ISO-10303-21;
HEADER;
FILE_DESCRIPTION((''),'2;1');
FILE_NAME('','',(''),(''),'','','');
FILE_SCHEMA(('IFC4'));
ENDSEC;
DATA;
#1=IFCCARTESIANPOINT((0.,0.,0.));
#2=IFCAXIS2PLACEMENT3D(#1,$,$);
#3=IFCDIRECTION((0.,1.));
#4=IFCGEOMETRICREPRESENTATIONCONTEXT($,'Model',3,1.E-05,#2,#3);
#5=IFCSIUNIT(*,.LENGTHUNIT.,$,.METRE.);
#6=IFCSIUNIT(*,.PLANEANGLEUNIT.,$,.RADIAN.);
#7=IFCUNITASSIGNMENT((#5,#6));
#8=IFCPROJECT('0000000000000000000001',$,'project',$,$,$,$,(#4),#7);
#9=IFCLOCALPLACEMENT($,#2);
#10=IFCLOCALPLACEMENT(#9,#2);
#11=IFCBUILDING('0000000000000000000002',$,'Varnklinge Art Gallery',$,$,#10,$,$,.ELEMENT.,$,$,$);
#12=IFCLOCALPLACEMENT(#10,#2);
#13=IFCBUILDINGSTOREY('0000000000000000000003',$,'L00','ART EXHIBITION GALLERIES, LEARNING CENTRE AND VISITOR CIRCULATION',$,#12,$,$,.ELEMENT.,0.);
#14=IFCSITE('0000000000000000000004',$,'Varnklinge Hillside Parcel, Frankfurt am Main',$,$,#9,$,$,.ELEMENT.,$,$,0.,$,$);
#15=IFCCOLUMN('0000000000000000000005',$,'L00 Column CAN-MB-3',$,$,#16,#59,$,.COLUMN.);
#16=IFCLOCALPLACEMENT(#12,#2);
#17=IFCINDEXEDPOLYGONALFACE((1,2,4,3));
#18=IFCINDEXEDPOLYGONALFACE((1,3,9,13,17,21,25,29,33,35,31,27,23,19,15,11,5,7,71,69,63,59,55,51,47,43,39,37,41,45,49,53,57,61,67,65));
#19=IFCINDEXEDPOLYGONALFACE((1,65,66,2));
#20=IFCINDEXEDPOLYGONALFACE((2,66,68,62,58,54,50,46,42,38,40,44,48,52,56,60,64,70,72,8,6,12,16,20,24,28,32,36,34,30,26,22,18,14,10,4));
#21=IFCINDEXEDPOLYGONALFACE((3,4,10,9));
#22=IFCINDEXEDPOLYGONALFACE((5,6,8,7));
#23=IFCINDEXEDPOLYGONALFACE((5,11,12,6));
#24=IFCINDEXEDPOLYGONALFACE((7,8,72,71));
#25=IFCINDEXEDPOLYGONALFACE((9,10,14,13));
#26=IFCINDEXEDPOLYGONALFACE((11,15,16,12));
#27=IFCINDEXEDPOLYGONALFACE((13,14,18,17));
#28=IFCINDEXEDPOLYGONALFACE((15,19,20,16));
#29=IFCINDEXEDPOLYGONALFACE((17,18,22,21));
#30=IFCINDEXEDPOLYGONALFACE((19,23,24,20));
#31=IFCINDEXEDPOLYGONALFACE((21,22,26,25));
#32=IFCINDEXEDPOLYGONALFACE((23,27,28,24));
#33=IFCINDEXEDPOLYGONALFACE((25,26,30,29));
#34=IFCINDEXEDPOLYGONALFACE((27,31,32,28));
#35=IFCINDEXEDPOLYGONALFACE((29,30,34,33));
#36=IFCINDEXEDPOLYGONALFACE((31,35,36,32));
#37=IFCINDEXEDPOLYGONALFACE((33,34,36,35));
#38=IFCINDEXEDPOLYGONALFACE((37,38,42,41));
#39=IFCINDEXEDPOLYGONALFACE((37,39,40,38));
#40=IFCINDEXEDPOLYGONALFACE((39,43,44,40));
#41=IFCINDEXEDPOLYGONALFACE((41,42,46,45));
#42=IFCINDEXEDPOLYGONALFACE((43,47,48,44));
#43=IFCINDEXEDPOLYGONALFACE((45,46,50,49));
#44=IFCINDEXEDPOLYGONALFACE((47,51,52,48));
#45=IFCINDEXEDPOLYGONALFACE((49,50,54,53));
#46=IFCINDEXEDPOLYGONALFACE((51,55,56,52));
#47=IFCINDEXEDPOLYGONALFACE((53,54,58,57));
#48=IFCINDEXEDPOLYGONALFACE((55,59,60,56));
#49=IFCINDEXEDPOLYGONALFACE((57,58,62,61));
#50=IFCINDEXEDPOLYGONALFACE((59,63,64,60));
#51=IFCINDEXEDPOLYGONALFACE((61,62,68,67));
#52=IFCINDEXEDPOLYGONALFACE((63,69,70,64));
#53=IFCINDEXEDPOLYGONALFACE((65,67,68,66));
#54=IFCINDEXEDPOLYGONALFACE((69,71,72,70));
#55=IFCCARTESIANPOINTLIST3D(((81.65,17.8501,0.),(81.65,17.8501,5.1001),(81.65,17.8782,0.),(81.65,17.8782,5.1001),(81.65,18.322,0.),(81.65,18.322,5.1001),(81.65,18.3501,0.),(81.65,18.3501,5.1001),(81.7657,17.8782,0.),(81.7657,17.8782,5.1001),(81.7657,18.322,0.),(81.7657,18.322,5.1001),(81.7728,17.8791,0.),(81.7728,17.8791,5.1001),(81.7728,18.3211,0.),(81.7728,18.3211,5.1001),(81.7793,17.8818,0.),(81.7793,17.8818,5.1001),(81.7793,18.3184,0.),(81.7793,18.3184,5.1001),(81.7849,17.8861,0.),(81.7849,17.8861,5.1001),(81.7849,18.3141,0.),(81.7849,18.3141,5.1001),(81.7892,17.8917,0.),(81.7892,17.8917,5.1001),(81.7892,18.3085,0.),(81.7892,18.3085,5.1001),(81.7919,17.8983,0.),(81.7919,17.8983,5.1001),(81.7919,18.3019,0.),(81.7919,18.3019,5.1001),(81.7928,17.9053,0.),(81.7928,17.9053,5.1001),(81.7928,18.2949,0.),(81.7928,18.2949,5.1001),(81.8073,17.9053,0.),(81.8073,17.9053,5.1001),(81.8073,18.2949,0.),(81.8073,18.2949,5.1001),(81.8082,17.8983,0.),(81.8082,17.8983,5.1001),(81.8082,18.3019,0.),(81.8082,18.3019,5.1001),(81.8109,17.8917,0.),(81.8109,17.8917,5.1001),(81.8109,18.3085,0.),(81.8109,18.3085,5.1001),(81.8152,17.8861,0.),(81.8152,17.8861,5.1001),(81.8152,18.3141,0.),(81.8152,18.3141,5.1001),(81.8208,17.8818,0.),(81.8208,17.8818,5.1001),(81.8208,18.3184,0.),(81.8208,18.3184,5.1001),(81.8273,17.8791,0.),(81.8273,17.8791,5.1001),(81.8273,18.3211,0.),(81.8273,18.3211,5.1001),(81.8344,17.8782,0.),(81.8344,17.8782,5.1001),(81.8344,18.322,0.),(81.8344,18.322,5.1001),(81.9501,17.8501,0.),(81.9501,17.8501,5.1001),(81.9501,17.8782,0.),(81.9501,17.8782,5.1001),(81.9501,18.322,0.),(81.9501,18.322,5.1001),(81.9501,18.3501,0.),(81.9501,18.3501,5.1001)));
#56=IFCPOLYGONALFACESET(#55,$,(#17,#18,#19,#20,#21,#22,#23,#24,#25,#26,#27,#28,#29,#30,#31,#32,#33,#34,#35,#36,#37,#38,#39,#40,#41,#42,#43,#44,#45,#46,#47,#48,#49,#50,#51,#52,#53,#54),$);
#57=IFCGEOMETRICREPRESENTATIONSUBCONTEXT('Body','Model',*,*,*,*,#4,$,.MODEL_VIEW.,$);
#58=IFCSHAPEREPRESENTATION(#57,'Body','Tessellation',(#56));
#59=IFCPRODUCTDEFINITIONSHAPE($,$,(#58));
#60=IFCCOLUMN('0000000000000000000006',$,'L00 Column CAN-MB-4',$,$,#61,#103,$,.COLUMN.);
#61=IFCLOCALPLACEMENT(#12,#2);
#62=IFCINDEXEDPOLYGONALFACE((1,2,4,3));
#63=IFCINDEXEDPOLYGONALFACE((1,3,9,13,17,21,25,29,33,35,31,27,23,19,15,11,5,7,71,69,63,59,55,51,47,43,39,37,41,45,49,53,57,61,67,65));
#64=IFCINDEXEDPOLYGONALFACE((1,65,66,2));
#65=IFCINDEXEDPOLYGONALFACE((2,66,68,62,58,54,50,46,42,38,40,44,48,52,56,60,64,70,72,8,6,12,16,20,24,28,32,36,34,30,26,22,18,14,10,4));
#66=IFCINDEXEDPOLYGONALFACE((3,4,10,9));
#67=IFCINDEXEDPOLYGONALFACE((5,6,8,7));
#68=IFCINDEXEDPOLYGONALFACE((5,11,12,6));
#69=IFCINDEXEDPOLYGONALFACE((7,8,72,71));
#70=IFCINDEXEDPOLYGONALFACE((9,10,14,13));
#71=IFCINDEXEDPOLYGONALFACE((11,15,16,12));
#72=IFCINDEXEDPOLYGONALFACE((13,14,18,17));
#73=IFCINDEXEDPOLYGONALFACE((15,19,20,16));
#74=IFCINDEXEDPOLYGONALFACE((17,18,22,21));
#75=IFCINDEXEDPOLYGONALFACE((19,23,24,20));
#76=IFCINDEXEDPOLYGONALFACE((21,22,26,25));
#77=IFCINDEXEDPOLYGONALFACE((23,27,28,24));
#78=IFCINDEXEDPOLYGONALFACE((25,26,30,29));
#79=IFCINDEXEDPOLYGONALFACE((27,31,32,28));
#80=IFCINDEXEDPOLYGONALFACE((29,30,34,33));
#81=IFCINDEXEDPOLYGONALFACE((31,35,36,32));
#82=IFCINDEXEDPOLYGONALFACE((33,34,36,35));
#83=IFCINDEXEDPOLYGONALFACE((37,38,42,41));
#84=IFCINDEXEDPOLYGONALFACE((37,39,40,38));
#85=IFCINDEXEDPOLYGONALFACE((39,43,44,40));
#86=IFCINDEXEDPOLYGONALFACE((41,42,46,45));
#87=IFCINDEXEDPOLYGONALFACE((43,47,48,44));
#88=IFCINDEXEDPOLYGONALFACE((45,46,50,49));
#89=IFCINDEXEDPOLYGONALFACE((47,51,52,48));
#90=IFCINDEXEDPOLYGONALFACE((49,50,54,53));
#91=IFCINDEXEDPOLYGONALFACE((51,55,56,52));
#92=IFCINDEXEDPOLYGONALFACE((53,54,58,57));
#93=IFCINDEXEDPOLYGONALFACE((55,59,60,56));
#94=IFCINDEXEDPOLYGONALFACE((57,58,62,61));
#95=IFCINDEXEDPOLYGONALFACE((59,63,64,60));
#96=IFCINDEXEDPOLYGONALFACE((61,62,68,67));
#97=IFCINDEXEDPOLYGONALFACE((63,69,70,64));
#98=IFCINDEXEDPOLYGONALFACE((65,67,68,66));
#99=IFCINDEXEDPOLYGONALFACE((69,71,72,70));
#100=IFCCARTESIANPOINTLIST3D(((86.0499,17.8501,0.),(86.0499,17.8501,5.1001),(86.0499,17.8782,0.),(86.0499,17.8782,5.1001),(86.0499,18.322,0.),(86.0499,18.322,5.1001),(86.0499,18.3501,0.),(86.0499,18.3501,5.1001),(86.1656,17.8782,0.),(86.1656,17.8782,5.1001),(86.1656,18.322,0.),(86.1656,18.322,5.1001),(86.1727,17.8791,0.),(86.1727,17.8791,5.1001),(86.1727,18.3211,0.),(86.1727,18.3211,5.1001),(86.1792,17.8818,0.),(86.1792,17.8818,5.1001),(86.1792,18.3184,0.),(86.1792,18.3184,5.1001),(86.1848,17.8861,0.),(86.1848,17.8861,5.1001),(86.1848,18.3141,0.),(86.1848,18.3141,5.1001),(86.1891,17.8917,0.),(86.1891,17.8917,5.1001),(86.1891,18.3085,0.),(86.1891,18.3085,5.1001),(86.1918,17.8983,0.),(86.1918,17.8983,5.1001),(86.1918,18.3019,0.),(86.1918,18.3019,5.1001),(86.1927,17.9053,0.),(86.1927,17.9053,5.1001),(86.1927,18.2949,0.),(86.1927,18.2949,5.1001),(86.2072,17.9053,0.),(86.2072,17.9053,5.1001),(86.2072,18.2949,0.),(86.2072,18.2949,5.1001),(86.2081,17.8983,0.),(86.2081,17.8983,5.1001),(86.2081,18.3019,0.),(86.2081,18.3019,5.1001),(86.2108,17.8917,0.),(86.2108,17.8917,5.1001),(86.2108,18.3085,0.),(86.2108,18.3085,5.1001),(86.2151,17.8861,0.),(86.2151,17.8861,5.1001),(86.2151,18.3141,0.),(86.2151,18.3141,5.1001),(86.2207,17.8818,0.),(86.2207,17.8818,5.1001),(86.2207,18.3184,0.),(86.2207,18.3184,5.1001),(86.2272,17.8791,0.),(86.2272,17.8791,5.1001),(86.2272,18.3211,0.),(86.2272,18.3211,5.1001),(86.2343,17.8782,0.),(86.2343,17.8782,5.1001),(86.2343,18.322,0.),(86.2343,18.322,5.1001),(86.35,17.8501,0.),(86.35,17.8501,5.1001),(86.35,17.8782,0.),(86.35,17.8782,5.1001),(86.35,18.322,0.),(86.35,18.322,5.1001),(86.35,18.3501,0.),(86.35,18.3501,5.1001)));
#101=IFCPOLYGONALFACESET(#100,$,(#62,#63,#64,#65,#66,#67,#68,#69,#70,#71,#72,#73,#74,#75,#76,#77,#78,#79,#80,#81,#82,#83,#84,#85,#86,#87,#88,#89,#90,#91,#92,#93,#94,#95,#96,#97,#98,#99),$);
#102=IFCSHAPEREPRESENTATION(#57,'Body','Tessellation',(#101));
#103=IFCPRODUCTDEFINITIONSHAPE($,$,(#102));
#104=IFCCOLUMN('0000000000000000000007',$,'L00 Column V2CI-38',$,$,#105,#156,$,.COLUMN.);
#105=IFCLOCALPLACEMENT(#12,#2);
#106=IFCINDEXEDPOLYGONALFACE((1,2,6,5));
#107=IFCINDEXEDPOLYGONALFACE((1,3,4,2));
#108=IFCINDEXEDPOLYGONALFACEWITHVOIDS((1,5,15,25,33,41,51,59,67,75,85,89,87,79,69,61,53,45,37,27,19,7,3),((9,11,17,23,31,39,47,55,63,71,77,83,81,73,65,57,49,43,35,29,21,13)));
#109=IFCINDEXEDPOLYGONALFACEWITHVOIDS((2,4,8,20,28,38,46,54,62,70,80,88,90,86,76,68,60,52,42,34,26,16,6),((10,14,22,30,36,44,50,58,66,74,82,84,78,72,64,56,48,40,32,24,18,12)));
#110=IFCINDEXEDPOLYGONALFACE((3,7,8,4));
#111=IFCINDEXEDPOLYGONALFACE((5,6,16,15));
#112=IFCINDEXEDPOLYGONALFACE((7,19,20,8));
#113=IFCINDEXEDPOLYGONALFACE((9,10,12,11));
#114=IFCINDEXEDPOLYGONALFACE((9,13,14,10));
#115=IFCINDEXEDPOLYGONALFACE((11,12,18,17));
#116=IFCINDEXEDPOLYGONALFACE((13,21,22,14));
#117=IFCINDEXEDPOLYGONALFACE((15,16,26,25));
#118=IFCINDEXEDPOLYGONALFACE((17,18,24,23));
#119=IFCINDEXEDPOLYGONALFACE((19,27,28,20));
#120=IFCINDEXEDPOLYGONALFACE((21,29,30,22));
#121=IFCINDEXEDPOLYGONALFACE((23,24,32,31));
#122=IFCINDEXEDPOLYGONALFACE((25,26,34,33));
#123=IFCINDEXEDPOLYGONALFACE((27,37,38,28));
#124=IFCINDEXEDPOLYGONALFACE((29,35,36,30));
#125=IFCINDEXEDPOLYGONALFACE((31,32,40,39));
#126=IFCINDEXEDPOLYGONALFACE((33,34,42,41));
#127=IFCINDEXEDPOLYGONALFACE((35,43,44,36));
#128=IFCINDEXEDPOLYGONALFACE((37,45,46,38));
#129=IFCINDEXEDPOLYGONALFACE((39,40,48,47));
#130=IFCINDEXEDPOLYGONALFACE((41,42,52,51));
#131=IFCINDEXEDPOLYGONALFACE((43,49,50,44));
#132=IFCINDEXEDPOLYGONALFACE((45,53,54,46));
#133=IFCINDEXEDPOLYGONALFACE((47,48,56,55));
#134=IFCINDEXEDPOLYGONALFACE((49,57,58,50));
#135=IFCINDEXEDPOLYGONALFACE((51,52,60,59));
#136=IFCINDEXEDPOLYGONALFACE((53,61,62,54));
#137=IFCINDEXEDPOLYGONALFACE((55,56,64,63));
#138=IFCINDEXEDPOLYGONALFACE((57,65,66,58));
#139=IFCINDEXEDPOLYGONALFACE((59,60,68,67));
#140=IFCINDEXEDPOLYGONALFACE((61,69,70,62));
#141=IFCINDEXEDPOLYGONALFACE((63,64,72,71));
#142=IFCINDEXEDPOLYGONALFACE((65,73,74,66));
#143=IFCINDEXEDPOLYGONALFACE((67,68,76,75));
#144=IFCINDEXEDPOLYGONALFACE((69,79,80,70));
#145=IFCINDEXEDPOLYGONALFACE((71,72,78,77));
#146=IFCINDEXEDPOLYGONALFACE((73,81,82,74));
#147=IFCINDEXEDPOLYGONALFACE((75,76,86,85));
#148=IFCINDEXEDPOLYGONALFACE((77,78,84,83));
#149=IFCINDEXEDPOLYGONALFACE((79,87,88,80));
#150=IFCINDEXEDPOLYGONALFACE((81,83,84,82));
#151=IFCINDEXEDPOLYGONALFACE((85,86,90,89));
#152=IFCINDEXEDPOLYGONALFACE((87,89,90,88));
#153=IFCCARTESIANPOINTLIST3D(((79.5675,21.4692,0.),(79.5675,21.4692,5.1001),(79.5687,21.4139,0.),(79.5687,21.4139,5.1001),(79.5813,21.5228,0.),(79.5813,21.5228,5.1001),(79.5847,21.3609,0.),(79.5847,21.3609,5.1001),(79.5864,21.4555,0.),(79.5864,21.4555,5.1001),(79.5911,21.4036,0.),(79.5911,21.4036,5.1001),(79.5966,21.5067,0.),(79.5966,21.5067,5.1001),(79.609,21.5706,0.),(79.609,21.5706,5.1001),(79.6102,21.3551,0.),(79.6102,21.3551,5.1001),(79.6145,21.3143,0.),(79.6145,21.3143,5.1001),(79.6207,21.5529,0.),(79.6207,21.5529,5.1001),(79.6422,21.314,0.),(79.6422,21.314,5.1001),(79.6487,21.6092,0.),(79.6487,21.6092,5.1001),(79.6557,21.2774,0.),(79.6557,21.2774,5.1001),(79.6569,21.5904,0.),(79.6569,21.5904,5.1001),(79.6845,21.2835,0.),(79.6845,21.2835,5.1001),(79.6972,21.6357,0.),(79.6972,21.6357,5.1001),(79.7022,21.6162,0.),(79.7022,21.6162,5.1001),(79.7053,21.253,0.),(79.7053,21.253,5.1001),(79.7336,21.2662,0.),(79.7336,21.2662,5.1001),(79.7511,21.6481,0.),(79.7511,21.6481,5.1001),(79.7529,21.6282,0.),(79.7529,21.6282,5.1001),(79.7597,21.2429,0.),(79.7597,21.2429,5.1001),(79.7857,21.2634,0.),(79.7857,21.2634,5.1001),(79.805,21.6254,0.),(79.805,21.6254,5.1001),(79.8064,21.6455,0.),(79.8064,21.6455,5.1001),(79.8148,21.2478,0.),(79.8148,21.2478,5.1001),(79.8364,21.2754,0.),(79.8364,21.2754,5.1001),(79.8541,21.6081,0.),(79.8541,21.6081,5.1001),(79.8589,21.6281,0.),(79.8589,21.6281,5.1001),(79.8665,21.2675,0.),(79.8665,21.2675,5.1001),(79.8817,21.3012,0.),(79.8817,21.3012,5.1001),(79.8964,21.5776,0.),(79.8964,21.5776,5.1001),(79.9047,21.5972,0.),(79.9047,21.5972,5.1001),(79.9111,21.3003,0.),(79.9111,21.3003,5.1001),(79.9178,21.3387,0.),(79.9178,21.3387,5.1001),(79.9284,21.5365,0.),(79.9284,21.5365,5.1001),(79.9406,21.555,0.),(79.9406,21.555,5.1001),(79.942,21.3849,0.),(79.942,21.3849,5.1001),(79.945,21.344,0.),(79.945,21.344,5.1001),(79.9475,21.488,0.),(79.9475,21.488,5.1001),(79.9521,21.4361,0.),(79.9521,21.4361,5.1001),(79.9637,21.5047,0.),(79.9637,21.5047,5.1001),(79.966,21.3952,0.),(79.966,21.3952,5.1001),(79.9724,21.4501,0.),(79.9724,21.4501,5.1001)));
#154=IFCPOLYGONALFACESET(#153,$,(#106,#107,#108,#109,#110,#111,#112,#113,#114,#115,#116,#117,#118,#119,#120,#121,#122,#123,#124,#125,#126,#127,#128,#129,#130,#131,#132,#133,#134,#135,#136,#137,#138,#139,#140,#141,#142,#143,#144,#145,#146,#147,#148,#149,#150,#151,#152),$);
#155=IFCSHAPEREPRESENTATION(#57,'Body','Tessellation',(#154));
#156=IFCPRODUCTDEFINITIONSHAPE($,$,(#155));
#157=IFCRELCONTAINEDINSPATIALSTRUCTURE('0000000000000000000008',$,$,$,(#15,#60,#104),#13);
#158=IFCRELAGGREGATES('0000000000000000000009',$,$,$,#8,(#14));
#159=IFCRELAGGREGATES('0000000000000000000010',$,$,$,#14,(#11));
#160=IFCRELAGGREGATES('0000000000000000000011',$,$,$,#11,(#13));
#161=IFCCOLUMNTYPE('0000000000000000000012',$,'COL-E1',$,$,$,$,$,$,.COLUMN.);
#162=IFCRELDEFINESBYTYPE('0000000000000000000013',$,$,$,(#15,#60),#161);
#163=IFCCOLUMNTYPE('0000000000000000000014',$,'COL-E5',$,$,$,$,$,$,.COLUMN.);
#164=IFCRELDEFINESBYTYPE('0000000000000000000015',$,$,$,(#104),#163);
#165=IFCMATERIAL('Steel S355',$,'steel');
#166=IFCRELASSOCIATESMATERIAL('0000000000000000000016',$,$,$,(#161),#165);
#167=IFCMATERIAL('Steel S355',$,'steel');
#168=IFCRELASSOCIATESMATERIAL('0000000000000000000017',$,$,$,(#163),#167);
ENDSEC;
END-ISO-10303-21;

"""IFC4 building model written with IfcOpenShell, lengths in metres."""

from ifc_helpers import new_model, si_unit, direction, frame, origin, origin_2d, place, context, subcontext, project, spatial, hollow_circle, i_section, extrude, material, material_profile, profile_set, type_object, element, save


model = new_model("IFC4")

# Units and contexts
model_context = context("Model", 3, precision=1e-05, world=origin(), true_north=direction((0.0, 1.0)))
body_context = subcontext(model_context, "Body", "Model", "MODEL_VIEW")
ifc_project = project(units=[si_unit("LENGTHUNIT", "METRE"), si_unit("PLANEANGLEUNIT", "RADIAN")], contexts=[model_context])

# Site, building, storey
site_placement = place(None, origin())
site = spatial("IfcSite", under=ifc_project, at=site_placement, Name="Varnklinge Hillside Parcel, Frankfurt am Main", CompositionType="ELEMENT", RefElevation=0.0)
building_placement = place(site_placement, origin())
building = spatial("IfcBuilding", under=site, at=building_placement, Name="Varnklinge Art Gallery", CompositionType="ELEMENT")
storey_placement = place(building_placement, origin())
storey = spatial("IfcBuildingStorey", under=building, at=storey_placement, Name="L00", Description="ART EXHIBITION GALLERIES, LEARNING CENTRE AND VISITOR CIRCULATION", CompositionType="ELEMENT", Elevation=0.0)

# Columns
ifc_material_1 = material(Name="Steel S355", Category="steel")
ifc_material_profile_1 = material_profile(ifc_material_1, i_section(OverallWidth=0.3, OverallDepth=0.5, WebThickness=0.0144, FlangeThickness=0.0281, FilletRadius=0.0271, at=origin_2d()), Name="HEB 500")
ifc_profile_set_1 = profile_set([ifc_material_profile_1], Name="Steel S355")
column_type_1 = type_object("IfcColumnType", Name="COL-E1", PredefinedType="COLUMN", material=ifc_profile_set_1)
for number, where, z_axis, x_axis, name in (
    (1, (81.8, 18.1001, 0.0), (0.0, 0.0, 1.0), (1.0, 0.0, 0.0), "L00 Column CAN-MB-3"),
    (2, (86.2, 18.1001, 0.0), (0.0, 0.0, 1.0), (1.0, 0.0, 0.0), "L00 Column CAN-MB-4"),
):
    element("IfcColumn", number, at=place(storey_placement, frame(where, z_axis=z_axis, x_axis=x_axis)), inside=storey, type_object=column_type_1, Name=name, PredefinedType="COLUMN", context=body_context, shape_type="SweptSolid", body=[
        extrude(i_section(OverallWidth=0.3, OverallDepth=0.5, WebThickness=0.0144, FlangeThickness=0.0281, FilletRadius=0.0271, at=origin_2d()), origin(), (0.0, 0.0, 1.0), 5.1001),
    ])
ifc_material_2 = material(Name="Steel S355", Category="steel")
ifc_material_profile_2 = material_profile(ifc_material_2, hollow_circle(Radius=0.2031, WallThickness=0.02, at=origin_2d()), Name="CHS 406.4x20")
ifc_profile_set_2 = profile_set([ifc_material_profile_2], Name="Steel S355")
column_type_2 = type_object("IfcColumnType", Name="COL-E5", PredefinedType="COLUMN", material=ifc_profile_set_2)
column_placement = place(storey_placement, frame((79.7693, 21.4458, 0.0), z_axis=(0.0, 0.0, 1.0), x_axis=(-0.089416, 0.995994, 0.0)))
element("IfcColumn", 3, at=column_placement, inside=storey, type_object=column_type_2, Name="L00 Column V2CI-38", PredefinedType="COLUMN", context=body_context, shape_type="SweptSolid", body=[
    extrude(hollow_circle(Radius=0.2031, WallThickness=0.02, at=origin_2d()), origin(), (0.0, 0.0, 1.0), 5.1001),
])

save(model, "model.ifc")
